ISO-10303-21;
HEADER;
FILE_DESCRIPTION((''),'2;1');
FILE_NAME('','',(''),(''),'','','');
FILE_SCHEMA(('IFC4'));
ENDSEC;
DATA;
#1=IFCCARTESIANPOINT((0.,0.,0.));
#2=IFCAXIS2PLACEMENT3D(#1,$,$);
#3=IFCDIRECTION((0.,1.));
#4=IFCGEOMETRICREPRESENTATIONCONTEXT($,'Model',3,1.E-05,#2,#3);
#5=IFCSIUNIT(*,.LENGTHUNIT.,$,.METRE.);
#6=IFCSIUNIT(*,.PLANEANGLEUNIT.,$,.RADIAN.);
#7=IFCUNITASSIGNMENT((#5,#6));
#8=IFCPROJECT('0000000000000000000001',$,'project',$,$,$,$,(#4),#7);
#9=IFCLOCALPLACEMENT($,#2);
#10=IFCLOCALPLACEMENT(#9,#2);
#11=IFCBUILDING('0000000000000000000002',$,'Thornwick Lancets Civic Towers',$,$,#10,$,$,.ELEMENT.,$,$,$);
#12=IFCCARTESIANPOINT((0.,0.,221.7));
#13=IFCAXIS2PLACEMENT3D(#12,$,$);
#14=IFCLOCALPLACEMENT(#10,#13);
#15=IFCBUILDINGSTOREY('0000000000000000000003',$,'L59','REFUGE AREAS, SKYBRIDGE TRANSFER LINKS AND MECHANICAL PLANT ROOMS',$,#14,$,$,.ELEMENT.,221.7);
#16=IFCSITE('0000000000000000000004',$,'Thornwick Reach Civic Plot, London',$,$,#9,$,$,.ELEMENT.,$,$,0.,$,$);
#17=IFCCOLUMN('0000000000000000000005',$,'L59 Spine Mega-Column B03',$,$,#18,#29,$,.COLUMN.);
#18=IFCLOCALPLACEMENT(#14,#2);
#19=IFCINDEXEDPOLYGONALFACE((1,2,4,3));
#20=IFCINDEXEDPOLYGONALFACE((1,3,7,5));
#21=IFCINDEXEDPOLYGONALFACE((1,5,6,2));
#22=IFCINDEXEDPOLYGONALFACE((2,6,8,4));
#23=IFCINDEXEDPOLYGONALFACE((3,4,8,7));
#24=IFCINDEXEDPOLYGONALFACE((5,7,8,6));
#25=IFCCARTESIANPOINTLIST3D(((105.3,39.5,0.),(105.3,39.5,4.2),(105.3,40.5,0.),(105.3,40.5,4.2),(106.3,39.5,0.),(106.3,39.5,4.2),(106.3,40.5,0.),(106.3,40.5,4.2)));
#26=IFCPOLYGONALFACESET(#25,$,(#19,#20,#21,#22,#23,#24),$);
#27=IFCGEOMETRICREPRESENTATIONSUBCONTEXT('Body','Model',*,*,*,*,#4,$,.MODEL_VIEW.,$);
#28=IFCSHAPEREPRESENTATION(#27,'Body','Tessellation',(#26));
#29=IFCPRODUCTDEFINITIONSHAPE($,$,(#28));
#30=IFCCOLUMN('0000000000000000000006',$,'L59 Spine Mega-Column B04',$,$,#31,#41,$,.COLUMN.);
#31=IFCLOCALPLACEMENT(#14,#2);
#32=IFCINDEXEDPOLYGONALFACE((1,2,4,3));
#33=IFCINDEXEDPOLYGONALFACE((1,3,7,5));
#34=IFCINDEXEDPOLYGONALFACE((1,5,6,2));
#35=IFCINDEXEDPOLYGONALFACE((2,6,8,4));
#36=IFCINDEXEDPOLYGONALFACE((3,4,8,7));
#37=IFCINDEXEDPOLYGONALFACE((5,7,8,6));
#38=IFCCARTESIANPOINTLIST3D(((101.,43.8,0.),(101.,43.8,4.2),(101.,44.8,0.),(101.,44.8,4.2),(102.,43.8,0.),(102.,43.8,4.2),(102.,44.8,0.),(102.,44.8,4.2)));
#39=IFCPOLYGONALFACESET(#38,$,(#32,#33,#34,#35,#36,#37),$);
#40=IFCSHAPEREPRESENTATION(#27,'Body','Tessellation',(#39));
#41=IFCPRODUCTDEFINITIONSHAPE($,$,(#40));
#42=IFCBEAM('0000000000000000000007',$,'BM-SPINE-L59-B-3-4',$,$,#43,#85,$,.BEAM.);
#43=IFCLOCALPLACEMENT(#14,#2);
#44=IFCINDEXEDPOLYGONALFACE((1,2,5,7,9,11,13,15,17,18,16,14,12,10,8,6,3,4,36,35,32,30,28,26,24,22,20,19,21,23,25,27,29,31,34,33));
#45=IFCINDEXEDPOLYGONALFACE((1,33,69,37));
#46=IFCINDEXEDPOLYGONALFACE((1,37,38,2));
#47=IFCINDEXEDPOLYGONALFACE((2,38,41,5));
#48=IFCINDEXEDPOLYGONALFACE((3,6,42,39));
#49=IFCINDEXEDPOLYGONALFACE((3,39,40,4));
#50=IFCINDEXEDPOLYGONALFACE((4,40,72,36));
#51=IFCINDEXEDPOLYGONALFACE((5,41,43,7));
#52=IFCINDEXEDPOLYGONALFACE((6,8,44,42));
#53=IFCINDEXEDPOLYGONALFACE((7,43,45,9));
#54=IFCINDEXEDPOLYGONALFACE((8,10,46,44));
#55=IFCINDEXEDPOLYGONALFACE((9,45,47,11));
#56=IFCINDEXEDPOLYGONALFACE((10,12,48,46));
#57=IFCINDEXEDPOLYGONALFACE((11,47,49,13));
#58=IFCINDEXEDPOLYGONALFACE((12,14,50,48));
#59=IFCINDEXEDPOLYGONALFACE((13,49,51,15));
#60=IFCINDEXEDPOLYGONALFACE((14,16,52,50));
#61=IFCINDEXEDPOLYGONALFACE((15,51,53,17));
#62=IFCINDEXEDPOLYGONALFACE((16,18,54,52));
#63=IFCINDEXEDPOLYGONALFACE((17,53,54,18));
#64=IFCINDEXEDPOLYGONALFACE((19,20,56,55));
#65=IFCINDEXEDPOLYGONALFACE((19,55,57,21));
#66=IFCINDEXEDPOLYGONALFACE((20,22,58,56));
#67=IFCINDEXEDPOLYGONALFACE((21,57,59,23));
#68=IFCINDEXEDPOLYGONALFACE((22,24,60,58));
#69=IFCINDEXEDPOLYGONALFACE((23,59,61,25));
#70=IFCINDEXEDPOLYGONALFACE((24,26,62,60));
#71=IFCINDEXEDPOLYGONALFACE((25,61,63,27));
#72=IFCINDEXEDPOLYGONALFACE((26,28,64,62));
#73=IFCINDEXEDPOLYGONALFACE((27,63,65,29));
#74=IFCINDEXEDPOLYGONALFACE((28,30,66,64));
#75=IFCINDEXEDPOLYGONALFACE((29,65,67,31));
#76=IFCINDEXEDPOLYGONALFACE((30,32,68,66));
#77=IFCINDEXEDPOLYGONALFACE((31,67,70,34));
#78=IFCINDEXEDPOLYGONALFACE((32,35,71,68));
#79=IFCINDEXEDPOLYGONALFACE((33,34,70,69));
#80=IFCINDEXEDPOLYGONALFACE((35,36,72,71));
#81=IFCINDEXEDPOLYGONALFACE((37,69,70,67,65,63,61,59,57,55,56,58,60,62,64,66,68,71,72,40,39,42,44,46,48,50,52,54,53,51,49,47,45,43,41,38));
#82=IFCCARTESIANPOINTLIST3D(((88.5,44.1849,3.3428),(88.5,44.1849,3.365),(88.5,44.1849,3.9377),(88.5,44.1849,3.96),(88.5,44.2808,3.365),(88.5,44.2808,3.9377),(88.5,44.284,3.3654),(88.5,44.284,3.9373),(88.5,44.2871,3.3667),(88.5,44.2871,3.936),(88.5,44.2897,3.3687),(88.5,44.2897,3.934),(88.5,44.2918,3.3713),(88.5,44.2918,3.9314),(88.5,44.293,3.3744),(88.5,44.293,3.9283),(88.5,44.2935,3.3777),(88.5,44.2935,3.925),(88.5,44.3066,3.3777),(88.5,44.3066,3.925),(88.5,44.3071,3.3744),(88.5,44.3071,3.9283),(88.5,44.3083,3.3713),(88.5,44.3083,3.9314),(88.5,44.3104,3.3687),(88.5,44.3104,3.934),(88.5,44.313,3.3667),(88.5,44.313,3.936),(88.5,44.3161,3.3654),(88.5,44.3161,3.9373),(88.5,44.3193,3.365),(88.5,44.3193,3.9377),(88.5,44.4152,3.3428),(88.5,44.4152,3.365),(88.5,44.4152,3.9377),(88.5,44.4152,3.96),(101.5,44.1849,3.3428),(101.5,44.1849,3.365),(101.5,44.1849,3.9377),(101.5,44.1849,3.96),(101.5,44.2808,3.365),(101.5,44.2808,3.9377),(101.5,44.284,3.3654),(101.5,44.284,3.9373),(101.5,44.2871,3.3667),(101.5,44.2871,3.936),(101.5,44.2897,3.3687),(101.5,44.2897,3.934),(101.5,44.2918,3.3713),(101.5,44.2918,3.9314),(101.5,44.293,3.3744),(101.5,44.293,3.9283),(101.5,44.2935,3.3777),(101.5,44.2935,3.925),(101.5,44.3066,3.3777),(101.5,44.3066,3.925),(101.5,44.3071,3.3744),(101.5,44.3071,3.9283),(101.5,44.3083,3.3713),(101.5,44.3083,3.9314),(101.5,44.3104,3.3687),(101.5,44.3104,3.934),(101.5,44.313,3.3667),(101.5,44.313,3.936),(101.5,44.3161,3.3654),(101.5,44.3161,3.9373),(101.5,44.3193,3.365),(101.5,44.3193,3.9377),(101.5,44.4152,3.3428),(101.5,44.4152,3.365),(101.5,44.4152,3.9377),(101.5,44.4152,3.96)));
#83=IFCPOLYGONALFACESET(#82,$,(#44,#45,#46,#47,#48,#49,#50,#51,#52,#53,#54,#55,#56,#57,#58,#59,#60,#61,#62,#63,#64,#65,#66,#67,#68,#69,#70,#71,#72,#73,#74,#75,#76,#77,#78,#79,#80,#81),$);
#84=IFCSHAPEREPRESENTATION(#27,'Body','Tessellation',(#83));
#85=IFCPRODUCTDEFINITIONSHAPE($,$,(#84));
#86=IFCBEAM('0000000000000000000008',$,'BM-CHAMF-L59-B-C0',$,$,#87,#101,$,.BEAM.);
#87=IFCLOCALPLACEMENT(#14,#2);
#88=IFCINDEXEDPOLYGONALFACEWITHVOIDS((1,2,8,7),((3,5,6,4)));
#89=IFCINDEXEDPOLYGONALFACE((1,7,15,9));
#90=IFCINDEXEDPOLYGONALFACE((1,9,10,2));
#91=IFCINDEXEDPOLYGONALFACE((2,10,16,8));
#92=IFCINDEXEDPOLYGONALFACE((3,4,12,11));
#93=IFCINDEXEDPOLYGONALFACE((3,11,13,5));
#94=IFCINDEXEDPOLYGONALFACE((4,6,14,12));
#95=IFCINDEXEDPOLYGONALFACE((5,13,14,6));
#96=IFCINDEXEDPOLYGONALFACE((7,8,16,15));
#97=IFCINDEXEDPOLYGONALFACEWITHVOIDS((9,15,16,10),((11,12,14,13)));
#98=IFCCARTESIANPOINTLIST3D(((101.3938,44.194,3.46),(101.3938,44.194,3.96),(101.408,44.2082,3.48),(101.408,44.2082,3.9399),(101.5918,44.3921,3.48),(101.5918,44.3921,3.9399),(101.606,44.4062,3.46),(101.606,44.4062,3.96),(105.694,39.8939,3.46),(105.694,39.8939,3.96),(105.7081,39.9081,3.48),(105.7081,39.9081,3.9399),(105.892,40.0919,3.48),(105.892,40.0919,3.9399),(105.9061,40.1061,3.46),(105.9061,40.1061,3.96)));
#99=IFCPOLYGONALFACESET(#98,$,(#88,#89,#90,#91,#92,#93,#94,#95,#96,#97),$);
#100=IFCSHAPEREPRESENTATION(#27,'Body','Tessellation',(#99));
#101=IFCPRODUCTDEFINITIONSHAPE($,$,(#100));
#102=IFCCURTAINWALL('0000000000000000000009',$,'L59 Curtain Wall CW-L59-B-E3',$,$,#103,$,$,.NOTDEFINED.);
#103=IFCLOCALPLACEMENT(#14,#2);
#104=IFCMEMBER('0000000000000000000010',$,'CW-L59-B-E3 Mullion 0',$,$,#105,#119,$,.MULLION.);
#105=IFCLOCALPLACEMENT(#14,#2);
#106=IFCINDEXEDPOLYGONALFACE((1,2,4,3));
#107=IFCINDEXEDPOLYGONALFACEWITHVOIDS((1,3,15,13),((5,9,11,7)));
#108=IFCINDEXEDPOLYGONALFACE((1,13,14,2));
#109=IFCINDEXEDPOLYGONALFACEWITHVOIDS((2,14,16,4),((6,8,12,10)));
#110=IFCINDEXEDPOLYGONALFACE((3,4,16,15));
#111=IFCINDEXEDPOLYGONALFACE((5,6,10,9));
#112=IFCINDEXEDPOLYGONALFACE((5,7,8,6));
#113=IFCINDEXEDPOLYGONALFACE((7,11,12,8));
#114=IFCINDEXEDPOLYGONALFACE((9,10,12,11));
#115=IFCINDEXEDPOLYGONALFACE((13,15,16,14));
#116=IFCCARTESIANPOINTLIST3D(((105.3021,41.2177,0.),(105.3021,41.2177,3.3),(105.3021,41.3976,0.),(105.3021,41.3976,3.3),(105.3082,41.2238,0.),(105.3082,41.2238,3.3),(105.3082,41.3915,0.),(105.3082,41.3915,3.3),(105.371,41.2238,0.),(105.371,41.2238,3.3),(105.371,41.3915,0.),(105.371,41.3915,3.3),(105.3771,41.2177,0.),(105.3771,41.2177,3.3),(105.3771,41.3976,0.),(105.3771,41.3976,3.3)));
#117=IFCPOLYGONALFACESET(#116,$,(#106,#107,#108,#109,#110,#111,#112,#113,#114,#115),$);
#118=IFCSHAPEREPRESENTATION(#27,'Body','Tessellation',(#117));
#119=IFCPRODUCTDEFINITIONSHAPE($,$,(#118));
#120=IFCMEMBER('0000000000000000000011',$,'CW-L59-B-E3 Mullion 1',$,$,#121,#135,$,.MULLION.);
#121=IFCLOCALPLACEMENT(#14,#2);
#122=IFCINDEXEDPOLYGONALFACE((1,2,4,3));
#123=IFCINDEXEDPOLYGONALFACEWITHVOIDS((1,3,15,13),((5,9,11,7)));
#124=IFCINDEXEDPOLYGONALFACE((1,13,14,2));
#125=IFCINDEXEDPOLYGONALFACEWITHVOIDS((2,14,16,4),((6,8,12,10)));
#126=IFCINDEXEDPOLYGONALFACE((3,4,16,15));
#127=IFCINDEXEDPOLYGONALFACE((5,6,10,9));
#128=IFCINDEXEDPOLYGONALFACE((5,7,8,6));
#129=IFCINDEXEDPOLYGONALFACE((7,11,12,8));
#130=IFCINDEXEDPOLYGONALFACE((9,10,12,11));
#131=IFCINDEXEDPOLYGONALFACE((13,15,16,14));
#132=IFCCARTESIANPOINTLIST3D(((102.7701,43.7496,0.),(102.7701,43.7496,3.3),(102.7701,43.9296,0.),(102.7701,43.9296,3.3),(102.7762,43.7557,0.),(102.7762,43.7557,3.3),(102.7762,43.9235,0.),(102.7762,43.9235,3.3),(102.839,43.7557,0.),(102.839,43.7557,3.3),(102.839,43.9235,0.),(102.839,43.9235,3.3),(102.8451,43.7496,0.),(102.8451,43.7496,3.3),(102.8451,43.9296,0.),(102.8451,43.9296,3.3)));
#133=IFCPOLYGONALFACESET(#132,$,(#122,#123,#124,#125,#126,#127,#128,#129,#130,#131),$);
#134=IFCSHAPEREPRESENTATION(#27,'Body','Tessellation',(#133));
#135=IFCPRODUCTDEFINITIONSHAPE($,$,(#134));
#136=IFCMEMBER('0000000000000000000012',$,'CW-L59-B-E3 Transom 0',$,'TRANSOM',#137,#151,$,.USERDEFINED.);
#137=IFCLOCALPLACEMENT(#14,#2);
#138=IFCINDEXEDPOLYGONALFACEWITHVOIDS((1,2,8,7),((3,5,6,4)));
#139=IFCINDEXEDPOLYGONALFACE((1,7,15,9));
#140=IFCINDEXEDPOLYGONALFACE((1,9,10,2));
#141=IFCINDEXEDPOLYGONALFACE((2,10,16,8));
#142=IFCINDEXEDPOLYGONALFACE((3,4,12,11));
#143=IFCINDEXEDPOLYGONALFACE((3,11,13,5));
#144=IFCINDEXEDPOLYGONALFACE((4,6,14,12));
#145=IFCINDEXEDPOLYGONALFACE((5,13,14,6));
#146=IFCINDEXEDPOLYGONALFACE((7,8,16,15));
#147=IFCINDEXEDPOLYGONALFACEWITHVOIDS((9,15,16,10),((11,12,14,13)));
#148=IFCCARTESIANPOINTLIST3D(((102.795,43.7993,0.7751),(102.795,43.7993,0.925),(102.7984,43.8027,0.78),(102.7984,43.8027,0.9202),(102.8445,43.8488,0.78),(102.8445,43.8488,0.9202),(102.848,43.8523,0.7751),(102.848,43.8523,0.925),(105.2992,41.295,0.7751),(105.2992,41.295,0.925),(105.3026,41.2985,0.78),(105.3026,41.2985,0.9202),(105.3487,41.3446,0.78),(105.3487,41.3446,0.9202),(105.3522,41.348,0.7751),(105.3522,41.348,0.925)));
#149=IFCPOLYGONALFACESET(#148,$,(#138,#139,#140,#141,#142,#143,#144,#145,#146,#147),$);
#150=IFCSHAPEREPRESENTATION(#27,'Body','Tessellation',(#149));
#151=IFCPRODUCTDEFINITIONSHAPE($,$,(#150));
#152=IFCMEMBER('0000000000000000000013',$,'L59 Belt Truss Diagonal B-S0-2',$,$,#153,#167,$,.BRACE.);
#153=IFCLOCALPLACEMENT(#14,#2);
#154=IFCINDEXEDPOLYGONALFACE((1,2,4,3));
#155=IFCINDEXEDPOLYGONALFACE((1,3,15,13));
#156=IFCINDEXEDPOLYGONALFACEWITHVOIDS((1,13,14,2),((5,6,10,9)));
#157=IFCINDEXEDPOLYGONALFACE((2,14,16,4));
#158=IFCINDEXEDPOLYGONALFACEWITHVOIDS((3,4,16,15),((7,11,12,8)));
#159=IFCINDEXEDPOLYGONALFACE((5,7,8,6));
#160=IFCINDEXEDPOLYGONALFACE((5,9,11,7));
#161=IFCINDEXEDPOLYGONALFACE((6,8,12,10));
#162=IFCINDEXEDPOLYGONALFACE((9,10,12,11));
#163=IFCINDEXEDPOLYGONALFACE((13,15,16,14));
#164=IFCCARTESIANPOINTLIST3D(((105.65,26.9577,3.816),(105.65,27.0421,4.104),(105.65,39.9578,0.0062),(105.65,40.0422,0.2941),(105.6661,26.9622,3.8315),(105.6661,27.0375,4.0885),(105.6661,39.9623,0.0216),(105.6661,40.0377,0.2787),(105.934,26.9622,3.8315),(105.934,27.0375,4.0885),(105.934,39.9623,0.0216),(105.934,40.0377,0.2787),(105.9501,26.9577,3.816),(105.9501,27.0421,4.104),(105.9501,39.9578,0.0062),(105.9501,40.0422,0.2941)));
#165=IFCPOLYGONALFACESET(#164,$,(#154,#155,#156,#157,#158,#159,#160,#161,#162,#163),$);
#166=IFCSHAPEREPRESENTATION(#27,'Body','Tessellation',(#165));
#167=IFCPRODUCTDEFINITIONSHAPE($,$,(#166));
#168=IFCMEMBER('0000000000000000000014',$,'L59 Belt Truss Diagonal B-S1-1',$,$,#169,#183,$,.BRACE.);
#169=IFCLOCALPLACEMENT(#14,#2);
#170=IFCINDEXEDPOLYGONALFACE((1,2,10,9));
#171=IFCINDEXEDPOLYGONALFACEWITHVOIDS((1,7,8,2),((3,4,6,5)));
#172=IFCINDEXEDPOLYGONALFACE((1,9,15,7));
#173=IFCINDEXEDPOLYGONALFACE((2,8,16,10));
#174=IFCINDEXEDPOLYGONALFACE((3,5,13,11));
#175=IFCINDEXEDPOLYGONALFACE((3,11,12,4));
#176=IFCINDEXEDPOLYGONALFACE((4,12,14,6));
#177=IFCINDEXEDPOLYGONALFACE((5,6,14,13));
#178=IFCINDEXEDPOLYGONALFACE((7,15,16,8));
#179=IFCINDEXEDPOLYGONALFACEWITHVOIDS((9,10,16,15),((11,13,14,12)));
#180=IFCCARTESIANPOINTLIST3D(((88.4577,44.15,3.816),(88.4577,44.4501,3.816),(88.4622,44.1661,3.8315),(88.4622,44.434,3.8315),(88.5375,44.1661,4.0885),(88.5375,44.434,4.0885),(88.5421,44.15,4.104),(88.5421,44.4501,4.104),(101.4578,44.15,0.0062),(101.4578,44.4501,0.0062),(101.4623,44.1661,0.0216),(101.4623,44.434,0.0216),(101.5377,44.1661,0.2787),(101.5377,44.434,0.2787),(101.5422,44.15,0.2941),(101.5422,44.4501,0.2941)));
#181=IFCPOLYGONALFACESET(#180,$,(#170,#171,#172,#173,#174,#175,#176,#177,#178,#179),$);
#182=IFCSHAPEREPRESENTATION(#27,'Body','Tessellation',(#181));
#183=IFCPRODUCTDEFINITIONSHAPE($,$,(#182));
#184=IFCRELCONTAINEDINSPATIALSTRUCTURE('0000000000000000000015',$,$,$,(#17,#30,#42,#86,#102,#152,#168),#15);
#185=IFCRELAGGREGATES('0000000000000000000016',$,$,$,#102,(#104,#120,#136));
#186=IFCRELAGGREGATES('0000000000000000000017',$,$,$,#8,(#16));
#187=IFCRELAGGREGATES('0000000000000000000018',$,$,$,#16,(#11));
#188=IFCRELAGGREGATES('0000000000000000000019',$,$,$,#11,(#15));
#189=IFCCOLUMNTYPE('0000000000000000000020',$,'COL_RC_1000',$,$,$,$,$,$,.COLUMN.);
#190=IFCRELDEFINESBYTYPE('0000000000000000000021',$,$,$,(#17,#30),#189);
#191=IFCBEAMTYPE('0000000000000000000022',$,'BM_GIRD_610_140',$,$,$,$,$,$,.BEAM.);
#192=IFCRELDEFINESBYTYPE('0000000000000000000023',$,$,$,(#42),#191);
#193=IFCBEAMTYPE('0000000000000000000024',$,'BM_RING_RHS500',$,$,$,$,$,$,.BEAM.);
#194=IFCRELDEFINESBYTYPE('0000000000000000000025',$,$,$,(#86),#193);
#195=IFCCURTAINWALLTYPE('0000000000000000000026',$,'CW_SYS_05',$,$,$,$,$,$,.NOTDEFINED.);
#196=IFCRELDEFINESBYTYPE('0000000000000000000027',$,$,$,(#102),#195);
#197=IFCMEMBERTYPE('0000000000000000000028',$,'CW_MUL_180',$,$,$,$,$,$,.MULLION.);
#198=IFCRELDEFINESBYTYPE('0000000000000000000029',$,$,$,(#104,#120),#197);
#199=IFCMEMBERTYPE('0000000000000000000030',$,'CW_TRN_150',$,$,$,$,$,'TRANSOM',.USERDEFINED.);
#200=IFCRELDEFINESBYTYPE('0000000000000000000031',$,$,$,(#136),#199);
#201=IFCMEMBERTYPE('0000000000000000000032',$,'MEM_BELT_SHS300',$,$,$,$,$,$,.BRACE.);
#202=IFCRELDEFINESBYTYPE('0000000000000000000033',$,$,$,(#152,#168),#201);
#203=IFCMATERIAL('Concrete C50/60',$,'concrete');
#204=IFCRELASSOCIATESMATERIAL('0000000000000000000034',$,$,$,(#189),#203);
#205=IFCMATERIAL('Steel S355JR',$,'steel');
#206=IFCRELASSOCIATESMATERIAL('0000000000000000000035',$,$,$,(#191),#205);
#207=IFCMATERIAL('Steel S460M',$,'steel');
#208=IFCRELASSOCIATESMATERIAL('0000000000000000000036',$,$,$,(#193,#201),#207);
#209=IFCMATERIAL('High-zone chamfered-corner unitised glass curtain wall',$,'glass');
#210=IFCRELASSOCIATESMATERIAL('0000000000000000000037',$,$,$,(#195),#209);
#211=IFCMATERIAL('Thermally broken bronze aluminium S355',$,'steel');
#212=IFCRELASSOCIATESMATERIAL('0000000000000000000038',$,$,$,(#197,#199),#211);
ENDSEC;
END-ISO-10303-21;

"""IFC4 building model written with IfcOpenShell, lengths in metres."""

from ifc_helpers import new_model, si_unit, direction, frame, origin, origin_2d, place, context, subcontext, project, spatial, rectangle, hollow_rectangle, i_section, extrude, material, material_profile, profile_set, type_object, element, aggregate, save


model = new_model("IFC4")

# Units and contexts
model_context = context("Model", 3, precision=1e-05, world=origin(), true_north=direction((0.0, 1.0)))
body_context = subcontext(model_context, "Body", "Model", "MODEL_VIEW")
ifc_project = project(units=[si_unit("LENGTHUNIT", "METRE"), si_unit("PLANEANGLEUNIT", "RADIAN")], contexts=[model_context])

# Site, building, storey
site_placement = place(None, origin())
site = spatial("IfcSite", under=ifc_project, at=site_placement, Name="Thornwick Reach Civic Plot, London", CompositionType="ELEMENT", RefElevation=0.0)
building_placement = place(site_placement, origin())
building = spatial("IfcBuilding", under=site, at=building_placement, Name="Thornwick Lancets Civic Towers", CompositionType="ELEMENT")
storey_placement = place(building_placement, frame((0.0, 0.0, 221.7)))
storey = spatial("IfcBuildingStorey", under=building, at=storey_placement, Name="L59", Description="REFUGE AREAS, SKYBRIDGE TRANSFER LINKS AND MECHANICAL PLANT ROOMS", CompositionType="ELEMENT", Elevation=221.7)

# Columns
ifc_material_1 = material(Name="Concrete C50/60", Category="concrete")
ifc_material_profile_1 = material_profile(ifc_material_1, rectangle(XDim=1.0, YDim=1.0, at=origin_2d()), Name="RC 1000x1000")
ifc_profile_set_1 = profile_set([ifc_material_profile_1], Name="Concrete C50/60")
column_type = type_object("IfcColumnType", Name="COL_RC_1000", PredefinedType="COLUMN", material=ifc_profile_set_1)
for number, where, z_axis, x_axis, name in (
    (1, (105.8, 40.0, 0.0), (0.0, 0.0, 1.0), (1.0, 0.0, 0.0), "L59 Spine Mega-Column B03"),
    (2, (101.5, 44.3, 0.0), (0.0, 0.0, 1.0), (1.0, 0.0, 0.0), "L59 Spine Mega-Column B04"),
):
    element("IfcColumn", number, at=place(storey_placement, frame(where, z_axis=z_axis, x_axis=x_axis)), inside=storey, type_object=column_type, Name=name, PredefinedType="COLUMN", context=body_context, shape_type="SweptSolid", body=[
        extrude(rectangle(XDim=1.0, YDim=1.0, at=origin_2d()), origin(), (0.0, 0.0, 1.0), 4.2),
    ])

# Beams
ifc_material_2 = material(Name="Steel S355JR", Category="steel")
ifc_material_profile_2 = material_profile(ifc_material_2, i_section(OverallWidth=0.2302, OverallDepth=0.6172, WebThickness=0.0132, FlangeThickness=0.0222, FilletRadius=0.0127, at=origin_2d()), Name="UKB 610x229x140")
ifc_profile_set_2 = profile_set([ifc_material_profile_2], Name="Steel S355JR")
beam_type_1 = type_object("IfcBeamType", Name="BM_GIRD_610_140", PredefinedType="BEAM", material=ifc_profile_set_2)
beam_1_placement = place(storey_placement, frame((101.5, 44.3, 3.6514), z_axis=(-1.0, 0.0, 0.0), x_axis=(0.0, -1.0, 0.0)))
element("IfcBeam", 3, at=beam_1_placement, inside=storey, type_object=beam_type_1, Name="BM-SPINE-L59-B-3-4", PredefinedType="BEAM", context=body_context, shape_type="SweptSolid", body=[
    extrude(i_section(OverallWidth=0.2302, OverallDepth=0.6172, WebThickness=0.0132, FlangeThickness=0.0222, FilletRadius=0.0127, at=origin_2d()), origin(), (0.0, 0.0, 1.0), 13.0),
])
ifc_material_3 = material(Name="Steel S460M", Category="steel")
ifc_material_profile_3 = material_profile(ifc_material_3, hollow_rectangle(XDim=0.3, YDim=0.5, WallThickness=0.02, at=origin_2d()), Name="RHS 500x300x20")
ifc_profile_set_3 = profile_set([ifc_material_profile_3], Name="Steel S460M")
beam_type_2 = type_object("IfcBeamType", Name="BM_RING_RHS500", PredefinedType="BEAM", material=ifc_profile_set_3)
beam_2_placement = place(storey_placement, frame((105.8, 40.0, 3.71), z_axis=(-0.707107, 0.707107, 0.0), x_axis=(-0.707107, -0.707107, 0.0)))
element("IfcBeam", 4, at=beam_2_placement, inside=storey, type_object=beam_type_2, Name="BM-CHAMF-L59-B-C0", PredefinedType="BEAM", context=body_context, shape_type="SweptSolid", body=[
    extrude(hollow_rectangle(XDim=0.3, YDim=0.5, WallThickness=0.02, at=origin_2d()), origin(), (0.0, 0.0, 1.0), 6.0813),
])

# Curtain wall, members
ifc_material_4 = material(Name="High-zone chamfered-corner unitised glass curtain wall", Category="glass")
curtain_wall_type = type_object("IfcCurtainWallType", Name="CW_SYS_05", PredefinedType="NOTDEFINED", material=ifc_material_4)
curtain_wall_placement = place(storey_placement, origin())
curtain_wall = element("IfcCurtainWall", 5, at=curtain_wall_placement, inside=storey, type_object=curtain_wall_type, Name="L59 Curtain Wall CW-L59-B-E3", PredefinedType="NOTDEFINED")
ifc_material_5 = material(Name="Thermally broken bronze aluminium S355", Category="steel")
ifc_material_profile_4 = material_profile(ifc_material_5, hollow_rectangle(XDim=0.075, YDim=0.1799, WallThickness=0.0061, at=origin_2d()), Name="RHS 180x75x6")
ifc_profile_set_4 = profile_set([ifc_material_profile_4], Name="Thermally broken bronze aluminium S355")
member_type_1 = type_object("IfcMemberType", Name="CW_MUL_180", PredefinedType="MULLION", material=ifc_profile_set_4)
member_1_placement = place(storey_placement, frame((105.3396, 41.3076, 0.0), z_axis=(0.0, 0.0, 1.0), x_axis=(1.0, 0.0, 0.0)))
member_1 = element("IfcMember", 6, at=member_1_placement, type_object=member_type_1, Name="CW-L59-B-E3 Mullion 0", PredefinedType="MULLION", context=body_context, shape_type="SweptSolid", body=[
    extrude(hollow_rectangle(XDim=0.075, YDim=0.1799, WallThickness=0.0061, at=origin_2d()), origin(), (0.0, 0.0, 1.0), 3.3),
])
member_2_placement = place(storey_placement, frame((102.8076, 43.8396, 0.0), z_axis=(0.0, 0.0, 1.0), x_axis=(1.0, 0.0, 0.0)))
member_2 = element("IfcMember", 7, at=member_2_placement, type_object=member_type_1, Name="CW-L59-B-E3 Mullion 1", PredefinedType="MULLION", context=body_context, shape_type="SweptSolid", body=[
    extrude(hollow_rectangle(XDim=0.075, YDim=0.1799, WallThickness=0.0061, at=origin_2d()), origin(), (0.0, 0.0, 1.0), 3.3),
])
ifc_material_profile_5 = material_profile(ifc_material_5, hollow_rectangle(XDim=0.075, YDim=0.1499, WallThickness=0.0049, at=origin_2d()), Name="RHS 150x75x5")
ifc_profile_set_5 = profile_set([ifc_material_profile_5], Name="Thermally broken bronze aluminium S355")
member_type_2 = type_object("IfcMemberType", Name="CW_TRN_150", ElementType="TRANSOM", PredefinedType="USERDEFINED", material=ifc_profile_set_5)
member_3_placement = place(storey_placement, frame((105.3257, 41.3215, 0.8501), z_axis=(-0.707107, 0.707107, 0.0), x_axis=(-0.707107, -0.707107, 0.0)))
member_3 = element("IfcMember", 8, at=member_3_placement, type_object=member_type_2, Name="CW-L59-B-E3 Transom 0", ObjectType="TRANSOM", PredefinedType="USERDEFINED", context=body_context, shape_type="SweptSolid", body=[
    extrude(hollow_rectangle(XDim=0.075, YDim=0.1499, WallThickness=0.0049, at=origin_2d()), origin(), (0.0, 0.0, 1.0), 3.5415),
])

# Members
ifc_material_profile_6 = material_profile(ifc_material_3, hollow_rectangle(XDim=0.3, YDim=0.3, WallThickness=0.0161, at=origin_2d()), Name="SHS 300x300x16")
ifc_profile_set_6 = profile_set([ifc_material_profile_6], Name="Steel S460M")
member_type_3 = type_object("IfcMemberType", Name="MEM_BELT_SHS300", PredefinedType="BRACE", material=ifc_profile_set_6)
for number, where, z_axis, x_axis, name in (
    (9, (105.8, 40.0, 0.1501), (0.0, -0.959639, 0.281234), (1.0, 0.0, 0.0), "L59 Belt Truss Diagonal B-S0-2"),
    (10, (101.5, 44.3, 0.1501), (-0.959639, 0.0, 0.281234), (0.0, -1.0, 0.0), "L59 Belt Truss Diagonal B-S1-1"),
):
    element("IfcMember", number, at=place(storey_placement, frame(where, z_axis=z_axis, x_axis=x_axis)), inside=storey, type_object=member_type_3, Name=name, PredefinedType="BRACE", context=body_context, shape_type="SweptSolid", body=[
        extrude(hollow_rectangle(XDim=0.3, YDim=0.3, WallThickness=0.0161, at=origin_2d()), origin(), (0.0, 0.0, 1.0), 13.5469),
    ])

aggregate(curtain_wall, [member_1, member_2, member_3])

save(model, "model.ifc")
